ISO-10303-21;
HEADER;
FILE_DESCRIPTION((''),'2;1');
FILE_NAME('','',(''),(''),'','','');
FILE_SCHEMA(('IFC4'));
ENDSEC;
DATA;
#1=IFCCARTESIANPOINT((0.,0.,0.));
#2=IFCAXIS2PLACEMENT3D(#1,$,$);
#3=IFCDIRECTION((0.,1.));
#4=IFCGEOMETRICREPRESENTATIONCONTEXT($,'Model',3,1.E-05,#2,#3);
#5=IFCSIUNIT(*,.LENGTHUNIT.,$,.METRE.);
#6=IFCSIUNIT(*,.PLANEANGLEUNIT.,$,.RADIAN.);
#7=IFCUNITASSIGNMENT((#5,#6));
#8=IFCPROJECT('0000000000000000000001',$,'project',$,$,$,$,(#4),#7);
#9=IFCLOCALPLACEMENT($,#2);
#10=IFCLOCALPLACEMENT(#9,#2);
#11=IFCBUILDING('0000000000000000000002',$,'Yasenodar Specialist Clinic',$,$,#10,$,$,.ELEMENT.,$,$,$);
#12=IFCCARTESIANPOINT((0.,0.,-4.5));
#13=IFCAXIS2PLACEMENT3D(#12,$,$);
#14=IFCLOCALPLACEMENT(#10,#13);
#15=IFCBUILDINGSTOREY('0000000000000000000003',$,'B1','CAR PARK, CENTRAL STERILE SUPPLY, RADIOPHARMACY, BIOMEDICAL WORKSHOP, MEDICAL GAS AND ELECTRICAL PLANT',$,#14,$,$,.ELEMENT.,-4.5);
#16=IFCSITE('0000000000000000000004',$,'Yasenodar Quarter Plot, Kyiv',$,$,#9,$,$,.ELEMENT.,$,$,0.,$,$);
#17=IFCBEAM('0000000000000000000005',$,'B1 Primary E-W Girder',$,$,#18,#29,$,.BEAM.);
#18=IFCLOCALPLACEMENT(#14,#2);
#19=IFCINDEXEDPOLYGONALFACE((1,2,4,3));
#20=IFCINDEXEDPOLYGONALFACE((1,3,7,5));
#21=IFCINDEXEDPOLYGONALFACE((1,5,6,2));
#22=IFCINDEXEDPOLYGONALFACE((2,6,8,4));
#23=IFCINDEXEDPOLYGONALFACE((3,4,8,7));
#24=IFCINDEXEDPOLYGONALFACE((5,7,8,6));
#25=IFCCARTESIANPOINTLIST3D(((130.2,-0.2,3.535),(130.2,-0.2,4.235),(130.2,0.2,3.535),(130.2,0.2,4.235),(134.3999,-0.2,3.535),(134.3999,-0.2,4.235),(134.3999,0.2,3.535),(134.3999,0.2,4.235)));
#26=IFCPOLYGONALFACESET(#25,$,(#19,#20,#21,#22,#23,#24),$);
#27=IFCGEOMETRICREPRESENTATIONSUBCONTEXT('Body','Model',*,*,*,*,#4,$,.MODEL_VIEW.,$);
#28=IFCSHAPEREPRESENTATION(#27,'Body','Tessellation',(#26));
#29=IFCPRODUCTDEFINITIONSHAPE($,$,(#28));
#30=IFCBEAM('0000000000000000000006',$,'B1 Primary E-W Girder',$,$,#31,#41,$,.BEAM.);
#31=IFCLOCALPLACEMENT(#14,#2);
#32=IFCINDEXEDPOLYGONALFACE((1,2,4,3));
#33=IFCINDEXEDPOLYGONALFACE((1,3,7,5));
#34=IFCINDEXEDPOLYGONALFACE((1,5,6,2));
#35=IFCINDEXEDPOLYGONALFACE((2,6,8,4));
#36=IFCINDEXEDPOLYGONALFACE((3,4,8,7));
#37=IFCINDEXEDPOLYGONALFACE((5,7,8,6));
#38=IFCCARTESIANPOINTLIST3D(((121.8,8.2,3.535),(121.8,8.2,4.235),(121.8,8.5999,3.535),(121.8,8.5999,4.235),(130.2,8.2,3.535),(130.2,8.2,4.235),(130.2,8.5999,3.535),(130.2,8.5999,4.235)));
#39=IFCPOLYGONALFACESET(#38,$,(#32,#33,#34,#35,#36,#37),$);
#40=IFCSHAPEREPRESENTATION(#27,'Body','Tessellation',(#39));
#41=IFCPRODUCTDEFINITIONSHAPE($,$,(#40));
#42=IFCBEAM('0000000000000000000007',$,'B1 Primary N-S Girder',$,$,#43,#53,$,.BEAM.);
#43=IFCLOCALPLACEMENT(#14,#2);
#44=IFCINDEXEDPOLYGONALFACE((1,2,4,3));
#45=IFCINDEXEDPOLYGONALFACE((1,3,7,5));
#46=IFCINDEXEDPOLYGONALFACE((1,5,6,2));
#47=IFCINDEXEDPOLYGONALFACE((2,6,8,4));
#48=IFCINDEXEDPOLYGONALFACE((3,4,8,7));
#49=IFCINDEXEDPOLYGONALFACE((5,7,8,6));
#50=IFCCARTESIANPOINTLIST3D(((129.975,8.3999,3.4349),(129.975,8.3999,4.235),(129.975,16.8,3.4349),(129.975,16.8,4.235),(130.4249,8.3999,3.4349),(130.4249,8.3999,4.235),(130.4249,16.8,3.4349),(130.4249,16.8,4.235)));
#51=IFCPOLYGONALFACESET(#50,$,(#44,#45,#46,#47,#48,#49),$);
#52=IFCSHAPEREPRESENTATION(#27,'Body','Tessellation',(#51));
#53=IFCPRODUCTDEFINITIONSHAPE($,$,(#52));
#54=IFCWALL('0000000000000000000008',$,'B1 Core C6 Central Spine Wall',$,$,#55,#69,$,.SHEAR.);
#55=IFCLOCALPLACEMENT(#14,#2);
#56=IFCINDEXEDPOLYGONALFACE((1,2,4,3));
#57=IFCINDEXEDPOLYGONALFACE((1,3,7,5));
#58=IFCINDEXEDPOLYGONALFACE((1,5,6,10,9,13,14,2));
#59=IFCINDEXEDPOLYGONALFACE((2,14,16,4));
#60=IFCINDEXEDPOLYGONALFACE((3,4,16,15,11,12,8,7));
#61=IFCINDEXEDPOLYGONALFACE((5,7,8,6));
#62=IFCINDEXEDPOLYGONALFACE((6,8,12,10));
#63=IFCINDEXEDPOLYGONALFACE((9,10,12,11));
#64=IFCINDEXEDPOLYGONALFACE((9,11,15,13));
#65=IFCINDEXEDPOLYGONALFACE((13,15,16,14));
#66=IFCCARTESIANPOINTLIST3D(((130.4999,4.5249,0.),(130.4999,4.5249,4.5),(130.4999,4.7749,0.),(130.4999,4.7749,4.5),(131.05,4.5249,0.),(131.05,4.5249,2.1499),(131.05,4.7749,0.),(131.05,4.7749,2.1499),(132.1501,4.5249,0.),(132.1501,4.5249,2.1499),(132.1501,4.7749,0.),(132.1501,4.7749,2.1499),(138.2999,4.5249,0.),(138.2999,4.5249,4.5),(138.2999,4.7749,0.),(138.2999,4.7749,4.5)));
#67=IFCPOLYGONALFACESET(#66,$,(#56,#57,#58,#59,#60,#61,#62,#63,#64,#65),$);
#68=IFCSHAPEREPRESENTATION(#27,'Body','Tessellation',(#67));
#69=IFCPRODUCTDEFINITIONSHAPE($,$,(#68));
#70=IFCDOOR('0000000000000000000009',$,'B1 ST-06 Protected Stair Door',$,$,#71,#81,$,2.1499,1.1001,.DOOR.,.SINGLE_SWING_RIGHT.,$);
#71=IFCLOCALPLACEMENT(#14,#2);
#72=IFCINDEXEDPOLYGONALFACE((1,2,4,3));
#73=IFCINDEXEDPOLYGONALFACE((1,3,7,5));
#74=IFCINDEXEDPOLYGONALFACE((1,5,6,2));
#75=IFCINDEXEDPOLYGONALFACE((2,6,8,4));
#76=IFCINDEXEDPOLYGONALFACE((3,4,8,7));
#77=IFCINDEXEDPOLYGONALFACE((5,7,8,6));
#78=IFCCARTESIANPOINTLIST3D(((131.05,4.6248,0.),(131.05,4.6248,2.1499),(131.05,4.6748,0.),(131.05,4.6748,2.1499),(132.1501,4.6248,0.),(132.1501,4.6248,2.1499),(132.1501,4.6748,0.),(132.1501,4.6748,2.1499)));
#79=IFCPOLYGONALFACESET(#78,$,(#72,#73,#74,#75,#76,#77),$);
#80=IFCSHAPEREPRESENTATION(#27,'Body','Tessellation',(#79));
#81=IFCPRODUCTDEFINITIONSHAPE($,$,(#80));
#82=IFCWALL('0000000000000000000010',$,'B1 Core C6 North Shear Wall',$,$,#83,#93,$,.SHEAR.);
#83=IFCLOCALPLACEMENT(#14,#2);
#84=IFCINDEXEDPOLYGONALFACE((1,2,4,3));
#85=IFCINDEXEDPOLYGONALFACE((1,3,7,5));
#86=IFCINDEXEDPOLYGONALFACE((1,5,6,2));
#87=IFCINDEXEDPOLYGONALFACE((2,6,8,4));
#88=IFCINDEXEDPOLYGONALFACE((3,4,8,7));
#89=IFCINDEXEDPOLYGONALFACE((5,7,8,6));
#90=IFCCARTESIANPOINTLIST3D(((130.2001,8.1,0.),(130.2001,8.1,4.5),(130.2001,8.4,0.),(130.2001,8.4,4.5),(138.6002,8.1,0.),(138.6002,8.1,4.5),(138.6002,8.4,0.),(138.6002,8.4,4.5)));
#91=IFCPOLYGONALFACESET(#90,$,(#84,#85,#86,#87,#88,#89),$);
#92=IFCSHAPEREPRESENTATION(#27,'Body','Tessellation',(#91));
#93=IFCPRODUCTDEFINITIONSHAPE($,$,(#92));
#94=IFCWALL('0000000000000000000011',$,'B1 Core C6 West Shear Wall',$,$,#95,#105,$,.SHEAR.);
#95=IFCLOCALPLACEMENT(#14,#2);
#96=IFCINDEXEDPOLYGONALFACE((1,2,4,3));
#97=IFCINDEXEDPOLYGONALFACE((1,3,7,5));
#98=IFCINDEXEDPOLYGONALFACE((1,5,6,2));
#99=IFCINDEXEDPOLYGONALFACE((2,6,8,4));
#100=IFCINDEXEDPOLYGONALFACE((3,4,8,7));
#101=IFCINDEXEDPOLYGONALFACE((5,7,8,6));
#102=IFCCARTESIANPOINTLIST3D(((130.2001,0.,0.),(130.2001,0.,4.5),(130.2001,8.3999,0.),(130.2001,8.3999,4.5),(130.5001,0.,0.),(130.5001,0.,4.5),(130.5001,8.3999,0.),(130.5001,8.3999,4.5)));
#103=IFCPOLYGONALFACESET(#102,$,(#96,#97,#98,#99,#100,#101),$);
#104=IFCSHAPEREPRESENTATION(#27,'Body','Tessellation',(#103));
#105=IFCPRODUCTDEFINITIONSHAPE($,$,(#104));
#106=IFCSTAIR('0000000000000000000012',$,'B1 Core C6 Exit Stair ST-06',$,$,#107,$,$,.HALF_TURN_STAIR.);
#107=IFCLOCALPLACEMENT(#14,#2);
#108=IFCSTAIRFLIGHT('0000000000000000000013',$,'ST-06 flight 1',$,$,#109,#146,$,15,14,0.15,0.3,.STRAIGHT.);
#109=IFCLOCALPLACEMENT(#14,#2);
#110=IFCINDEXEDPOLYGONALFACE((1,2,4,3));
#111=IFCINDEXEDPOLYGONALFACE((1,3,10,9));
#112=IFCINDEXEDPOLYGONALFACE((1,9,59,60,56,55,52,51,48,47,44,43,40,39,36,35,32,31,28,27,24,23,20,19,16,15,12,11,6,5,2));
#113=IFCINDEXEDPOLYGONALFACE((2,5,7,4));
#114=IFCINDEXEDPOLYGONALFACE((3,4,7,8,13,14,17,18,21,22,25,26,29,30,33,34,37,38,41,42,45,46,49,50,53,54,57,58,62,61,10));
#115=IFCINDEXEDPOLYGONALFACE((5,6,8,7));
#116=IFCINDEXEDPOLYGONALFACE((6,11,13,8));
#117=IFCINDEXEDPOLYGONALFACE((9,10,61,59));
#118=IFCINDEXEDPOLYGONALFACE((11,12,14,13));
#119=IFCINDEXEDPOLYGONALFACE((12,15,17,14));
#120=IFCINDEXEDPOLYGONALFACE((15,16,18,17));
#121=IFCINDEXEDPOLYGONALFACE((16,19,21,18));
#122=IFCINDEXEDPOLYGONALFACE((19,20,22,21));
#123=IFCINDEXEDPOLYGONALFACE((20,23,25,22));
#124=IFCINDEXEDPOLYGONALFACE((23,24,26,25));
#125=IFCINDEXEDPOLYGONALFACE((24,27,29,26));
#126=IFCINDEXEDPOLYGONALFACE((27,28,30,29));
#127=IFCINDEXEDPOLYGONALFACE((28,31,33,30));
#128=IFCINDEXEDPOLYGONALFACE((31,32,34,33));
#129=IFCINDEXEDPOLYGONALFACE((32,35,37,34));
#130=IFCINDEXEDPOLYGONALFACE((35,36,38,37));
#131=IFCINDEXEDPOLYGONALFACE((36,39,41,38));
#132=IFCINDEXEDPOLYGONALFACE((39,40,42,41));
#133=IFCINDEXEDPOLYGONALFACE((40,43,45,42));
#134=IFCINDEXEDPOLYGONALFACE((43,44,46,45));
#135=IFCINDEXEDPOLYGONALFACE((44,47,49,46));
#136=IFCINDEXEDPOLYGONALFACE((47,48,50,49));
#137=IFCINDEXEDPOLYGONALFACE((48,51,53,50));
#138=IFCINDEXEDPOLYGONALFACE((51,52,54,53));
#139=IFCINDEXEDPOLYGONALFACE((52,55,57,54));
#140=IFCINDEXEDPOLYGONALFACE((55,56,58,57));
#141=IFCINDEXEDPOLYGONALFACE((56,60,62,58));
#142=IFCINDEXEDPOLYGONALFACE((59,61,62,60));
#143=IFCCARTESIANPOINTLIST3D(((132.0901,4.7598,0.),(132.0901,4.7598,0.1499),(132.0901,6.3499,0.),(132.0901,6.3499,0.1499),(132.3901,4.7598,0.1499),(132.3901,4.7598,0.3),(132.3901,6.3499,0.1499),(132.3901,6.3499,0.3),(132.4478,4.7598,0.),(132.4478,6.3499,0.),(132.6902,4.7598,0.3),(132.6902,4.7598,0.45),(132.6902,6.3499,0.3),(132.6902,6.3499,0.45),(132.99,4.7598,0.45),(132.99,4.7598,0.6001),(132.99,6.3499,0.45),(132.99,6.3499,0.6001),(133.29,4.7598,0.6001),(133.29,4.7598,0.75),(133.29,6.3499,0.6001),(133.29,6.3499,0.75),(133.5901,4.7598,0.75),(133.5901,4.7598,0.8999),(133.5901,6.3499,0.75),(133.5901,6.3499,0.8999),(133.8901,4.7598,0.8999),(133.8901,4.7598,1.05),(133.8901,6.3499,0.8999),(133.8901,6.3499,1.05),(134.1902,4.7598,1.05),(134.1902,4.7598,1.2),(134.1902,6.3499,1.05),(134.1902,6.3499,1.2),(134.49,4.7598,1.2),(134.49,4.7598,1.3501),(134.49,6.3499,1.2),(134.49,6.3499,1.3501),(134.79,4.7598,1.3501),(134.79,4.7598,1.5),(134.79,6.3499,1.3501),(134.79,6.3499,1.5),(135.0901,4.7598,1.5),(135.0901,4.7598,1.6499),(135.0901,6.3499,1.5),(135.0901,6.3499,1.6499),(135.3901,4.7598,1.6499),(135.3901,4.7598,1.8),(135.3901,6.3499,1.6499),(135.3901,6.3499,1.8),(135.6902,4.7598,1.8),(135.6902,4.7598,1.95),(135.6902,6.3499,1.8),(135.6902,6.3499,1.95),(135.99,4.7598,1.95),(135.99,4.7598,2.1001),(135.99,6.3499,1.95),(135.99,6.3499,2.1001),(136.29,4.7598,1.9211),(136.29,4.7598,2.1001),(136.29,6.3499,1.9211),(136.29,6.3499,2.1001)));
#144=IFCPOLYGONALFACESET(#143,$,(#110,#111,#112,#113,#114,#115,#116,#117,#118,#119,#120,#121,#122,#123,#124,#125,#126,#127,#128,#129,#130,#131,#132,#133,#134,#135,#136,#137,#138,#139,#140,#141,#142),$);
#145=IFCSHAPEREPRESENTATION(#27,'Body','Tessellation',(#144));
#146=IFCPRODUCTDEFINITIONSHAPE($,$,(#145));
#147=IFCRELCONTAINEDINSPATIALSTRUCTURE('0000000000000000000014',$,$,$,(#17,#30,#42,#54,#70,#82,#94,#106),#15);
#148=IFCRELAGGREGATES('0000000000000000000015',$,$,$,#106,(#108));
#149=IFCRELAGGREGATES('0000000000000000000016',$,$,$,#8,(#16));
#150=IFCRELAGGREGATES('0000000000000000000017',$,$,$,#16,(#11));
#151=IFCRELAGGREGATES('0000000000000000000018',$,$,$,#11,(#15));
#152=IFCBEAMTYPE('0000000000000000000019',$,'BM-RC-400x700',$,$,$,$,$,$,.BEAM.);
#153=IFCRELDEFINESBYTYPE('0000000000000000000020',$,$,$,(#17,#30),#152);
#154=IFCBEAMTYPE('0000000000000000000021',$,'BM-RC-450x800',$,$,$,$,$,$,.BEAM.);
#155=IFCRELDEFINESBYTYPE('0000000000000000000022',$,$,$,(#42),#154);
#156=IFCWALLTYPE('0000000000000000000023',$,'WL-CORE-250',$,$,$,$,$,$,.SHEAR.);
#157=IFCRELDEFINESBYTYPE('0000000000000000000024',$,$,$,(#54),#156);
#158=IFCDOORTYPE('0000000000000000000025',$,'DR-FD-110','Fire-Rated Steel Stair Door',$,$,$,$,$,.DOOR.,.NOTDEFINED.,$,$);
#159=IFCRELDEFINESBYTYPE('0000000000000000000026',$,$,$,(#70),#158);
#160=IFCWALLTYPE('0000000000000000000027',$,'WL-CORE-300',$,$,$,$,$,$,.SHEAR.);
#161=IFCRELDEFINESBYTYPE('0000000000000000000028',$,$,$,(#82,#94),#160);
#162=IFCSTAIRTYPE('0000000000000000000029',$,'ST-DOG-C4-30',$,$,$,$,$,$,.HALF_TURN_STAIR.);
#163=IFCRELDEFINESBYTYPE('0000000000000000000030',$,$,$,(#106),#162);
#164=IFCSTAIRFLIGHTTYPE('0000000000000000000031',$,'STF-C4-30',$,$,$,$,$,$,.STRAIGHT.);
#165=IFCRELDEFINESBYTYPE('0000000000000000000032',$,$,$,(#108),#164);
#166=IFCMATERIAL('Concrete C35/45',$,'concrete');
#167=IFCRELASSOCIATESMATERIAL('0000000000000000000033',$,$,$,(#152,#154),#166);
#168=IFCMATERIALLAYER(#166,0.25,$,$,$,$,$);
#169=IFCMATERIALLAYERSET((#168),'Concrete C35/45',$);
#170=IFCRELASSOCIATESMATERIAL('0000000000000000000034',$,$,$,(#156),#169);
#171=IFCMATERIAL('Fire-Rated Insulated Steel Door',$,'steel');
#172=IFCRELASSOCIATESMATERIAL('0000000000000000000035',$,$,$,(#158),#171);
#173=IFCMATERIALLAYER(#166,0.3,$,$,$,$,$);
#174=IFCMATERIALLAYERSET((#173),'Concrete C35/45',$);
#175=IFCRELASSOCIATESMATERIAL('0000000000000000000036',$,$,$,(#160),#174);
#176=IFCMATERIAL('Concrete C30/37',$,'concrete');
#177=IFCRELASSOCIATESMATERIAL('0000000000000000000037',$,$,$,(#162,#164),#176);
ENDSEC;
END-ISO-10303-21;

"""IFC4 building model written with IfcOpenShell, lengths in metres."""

from ifc_helpers import new_model, si_unit, direction, frame, frame_2d, origin, origin_2d, place, context, subcontext, project, spatial, polyline, rectangle, outline, extrude, material, layer, layer_set, material_profile, profile_set, type_object, element, fill, aggregate, save


model = new_model("IFC4")

# Units and contexts
model_context = context("Model", 3, precision=1e-05, world=origin(), true_north=direction((0.0, 1.0)))
body_context = subcontext(model_context, "Body", "Model", "MODEL_VIEW")
ifc_project = project(units=[si_unit("LENGTHUNIT", "METRE"), si_unit("PLANEANGLEUNIT", "RADIAN")], contexts=[model_context])

# Site, building, storey
site_placement = place(None, origin())
site = spatial("IfcSite", under=ifc_project, at=site_placement, Name="Yasenodar Quarter Plot, Kyiv", CompositionType="ELEMENT", RefElevation=0.0)
building_placement = place(site_placement, origin())
building = spatial("IfcBuilding", under=site, at=building_placement, Name="Yasenodar Specialist Clinic", CompositionType="ELEMENT")
storey_placement = place(building_placement, frame((0.0, 0.0, -4.5)))
storey = spatial("IfcBuildingStorey", under=building, at=storey_placement, Name="B1", Description="CAR PARK, CENTRAL STERILE SUPPLY, RADIOPHARMACY, BIOMEDICAL WORKSHOP, MEDICAL GAS AND ELECTRICAL PLANT", CompositionType="ELEMENT", Elevation=-4.5)

# Shared definitions
ifc_material_1 = material(Name="Concrete C35/45", Category="concrete")

# Shared definitions
ifc_material_2 = material(Name="Concrete C30/37", Category="concrete")

# Beams
ifc_material_profile_1 = material_profile(ifc_material_1, rectangle(XDim=0.3999, YDim=0.7, at=origin_2d()), Name="RC 400x700")
ifc_profile_set_1 = profile_set([ifc_material_profile_1], Name="Concrete C35/45")
beam_type_1 = type_object("IfcBeamType", Name="BM-RC-400x700", PredefinedType="BEAM", material=ifc_profile_set_1)
beam_1_placement = place(storey_placement, frame((130.2, 0.0, 3.885), z_axis=(1.0, 0.0, 0.0), x_axis=(0.0, 1.0, 0.0)))
element("IfcBeam", 1, at=beam_1_placement, inside=storey, type_object=beam_type_1, Name="B1 Primary E-W Girder", PredefinedType="BEAM", context=body_context, shape_type="SweptSolid", body=[
    extrude(rectangle(XDim=0.3999, YDim=0.7, at=origin_2d()), origin(), (0.0, 0.0, 1.0), 4.2),
])
beam_2_placement = place(storey_placement, frame((121.8, 8.3999, 3.885), z_axis=(1.0, 0.0, 0.0), x_axis=(0.0, 1.0, 0.0)))
element("IfcBeam", 2, at=beam_2_placement, inside=storey, type_object=beam_type_1, Name="B1 Primary E-W Girder", PredefinedType="BEAM", context=body_context, shape_type="SweptSolid", body=[
    extrude(rectangle(XDim=0.3999, YDim=0.7, at=origin_2d()), origin(), (0.0, 0.0, 1.0), 8.3999),
])
ifc_material_profile_2 = material_profile(ifc_material_1, rectangle(XDim=0.45, YDim=0.8, at=origin_2d()), Name="RC 450x800")
ifc_profile_set_2 = profile_set([ifc_material_profile_2], Name="Concrete C35/45")
beam_type_2 = type_object("IfcBeamType", Name="BM-RC-450x800", PredefinedType="BEAM", material=ifc_profile_set_2)
beam_3_placement = place(storey_placement, frame((130.2, 8.3999, 3.835), z_axis=(0.0, 1.0, 0.0), x_axis=(-1.0, 0.0, 0.0)))
element("IfcBeam", 3, at=beam_3_placement, inside=storey, type_object=beam_type_2, Name="B1 Primary N-S Girder", PredefinedType="BEAM", context=body_context, shape_type="SweptSolid", body=[
    extrude(rectangle(XDim=0.45, YDim=0.8, at=origin_2d()), origin(), (0.0, 0.0, 1.0), 8.4001),
])

# Wall, opening, door
ifc_layer_1 = layer(ifc_material_1, 0.25)
ifc_layer_set_1 = layer_set([ifc_layer_1], Name="Concrete C35/45")
wall_type_1 = type_object("IfcWallType", Name="WL-CORE-250", PredefinedType="SHEAR", material=ifc_layer_set_1)
wall_1_placement = place(storey_placement, frame((130.5, 4.6499, 0.0), z_axis=(0.0, 0.0, 1.0), x_axis=(1.0, 0.0, 0.0)))
wall_1 = element("IfcWall", 4, at=wall_1_placement, inside=storey, type_object=wall_type_1, Name="B1 Core C6 Central Spine Wall", PredefinedType="SHEAR", context=body_context, shape_type="SweptSolid", body=[
    extrude(rectangle(XDim=7.8, YDim=0.25, at=frame_2d((3.8999, 0.0))), origin(), (0.0, 0.0, 1.0), 4.5),
])
opening_placement = place(wall_1_placement, frame((0.55, 0.0, 0.0)))
opening = element("IfcOpeningElement", 5, at=opening_placement, cuts=wall_1, PredefinedType="OPENING", context=body_context, shape_type="SweptSolid", body=[
    extrude(rectangle(XDim=1.1001, YDim=2.1499, at=frame_2d((0.55, 1.075))), frame((0.0, 0.135, 0.0), z_axis=(0.0, -1.0, 0.0), x_axis=(1.0, 0.0, 0.0)), (0.0, 0.0, 1.0), 0.27),
])
ifc_material_3 = material(Name="Fire-Rated Insulated Steel Door", Category="steel")
door_type = type_object("IfcDoorType", Name="DR-FD-110", Description="Fire-Rated Steel Stair Door", OperationType="NOTDEFINED", PredefinedType="DOOR", material=ifc_material_3)
door_placement = place(opening_placement, origin())
door = element("IfcDoor", 6, at=door_placement, inside=storey, type_object=door_type, Name="B1 ST-06 Protected Stair Door", OperationType="SINGLE_SWING_RIGHT", OverallHeight=2.1499, OverallWidth=1.1001, PredefinedType="DOOR", context=body_context, shape_type="SweptSolid", body=[
    extrude(rectangle(XDim=1.1001, YDim=2.1499, at=frame_2d((0.55, 1.075))), frame((0.0, 0.0249, 0.0), z_axis=(0.0, -1.0, 0.0), x_axis=(1.0, 0.0, 0.0)), (0.0, 0.0, 1.0), 0.05),
])
fill(opening, door)

# Walls
ifc_layer_2 = layer(ifc_material_1, 0.3)
ifc_layer_set_2 = layer_set([ifc_layer_2], Name="Concrete C35/45")
wall_type_2 = type_object("IfcWallType", Name="WL-CORE-300", PredefinedType="SHEAR", material=ifc_layer_set_2)
wall_2_placement = place(storey_placement, frame((130.2, 8.25, 0.0), z_axis=(0.0, 0.0, 1.0), x_axis=(1.0, 0.0, 0.0)))
element("IfcWall", 7, at=wall_2_placement, inside=storey, type_object=wall_type_2, Name="B1 Core C6 North Shear Wall", PredefinedType="SHEAR", context=body_context, shape_type="SweptSolid", body=[
    extrude(rectangle(XDim=8.4001, YDim=0.3, at=frame_2d((4.2002, 0.0))), origin(), (0.0, 0.0, 1.0), 4.5),
])
wall_3_placement = place(storey_placement, frame((130.3501, 0.0, 0.0), z_axis=(0.0, 0.0, 1.0), x_axis=(0.0, 1.0, 0.0)))
element("IfcWall", 8, at=wall_3_placement, inside=storey, type_object=wall_type_2, Name="B1 Core C6 West Shear Wall", PredefinedType="SHEAR", context=body_context, shape_type="SweptSolid", body=[
    extrude(rectangle(XDim=8.3999, YDim=0.3, at=frame_2d((4.2, 0.0))), origin(), (0.0, 0.0, 1.0), 4.5),
])

# Stair, stair flight
stair_type = type_object("IfcStairType", Name="ST-DOG-C4-30", PredefinedType="HALF_TURN_STAIR", material=ifc_material_2)
stair_placement = place(storey_placement, origin())
stair = element("IfcStair", 9, at=stair_placement, inside=storey, type_object=stair_type, Name="B1 Core C6 Exit Stair ST-06", PredefinedType="HALF_TURN_STAIR")
stair_flight_type = type_object("IfcStairFlightType", Name="STF-C4-30", PredefinedType="STRAIGHT", material=ifc_material_2)
stair_flight_placement = place(storey_placement, frame((132.0901, 5.5549, 0.0), z_axis=(0.0, 0.0, 1.0), x_axis=(1.0, 0.0, 0.0)))
stair_flight = element("IfcStairFlight", 10, at=stair_flight_placement, type_object=stair_flight_type, Name="ST-06 flight 1", NumberOfRisers=15, NumberOfTreads=14, PredefinedType="STRAIGHT", RiserHeight=0.15, TreadLength=0.3, context=body_context, shape_type="SweptSolid", body=[
    extrude(outline(polyline([(0.0, 0.0), (0.0, 0.1499), (0.3, 0.1499), (0.3, 0.3), (0.6001, 0.3), (0.6001, 0.45), (0.8999, 0.45), (0.8999, 0.6001), (1.2, 0.6001), (1.2, 0.75), (1.5, 0.75), (1.5, 0.8999), (1.8, 0.8999), (1.8, 1.05), (2.1001, 1.05), (2.1001, 1.2), (2.3999, 1.2), (2.3999, 1.3501), (2.7, 1.3501), (2.7, 1.5), (3.0, 1.5), (3.0, 1.6499), (3.3, 1.6499), (3.3, 1.8), (3.6001, 1.8), (3.6001, 1.95), (3.8999, 1.95), (3.8999, 2.1001), (4.2, 2.1001), (4.2, 2.25), (4.2, 1.9211), (0.3577, 0.0), (0.0, 0.0)])), frame((0.0, 0.7949, 0.0), z_axis=(0.0, -1.0, 0.0), x_axis=(1.0, 0.0, 0.0)), (0.0, 0.0, 1.0), 1.5901),
])
aggregate(stair, [stair_flight])

save(model, "model.ifc")
